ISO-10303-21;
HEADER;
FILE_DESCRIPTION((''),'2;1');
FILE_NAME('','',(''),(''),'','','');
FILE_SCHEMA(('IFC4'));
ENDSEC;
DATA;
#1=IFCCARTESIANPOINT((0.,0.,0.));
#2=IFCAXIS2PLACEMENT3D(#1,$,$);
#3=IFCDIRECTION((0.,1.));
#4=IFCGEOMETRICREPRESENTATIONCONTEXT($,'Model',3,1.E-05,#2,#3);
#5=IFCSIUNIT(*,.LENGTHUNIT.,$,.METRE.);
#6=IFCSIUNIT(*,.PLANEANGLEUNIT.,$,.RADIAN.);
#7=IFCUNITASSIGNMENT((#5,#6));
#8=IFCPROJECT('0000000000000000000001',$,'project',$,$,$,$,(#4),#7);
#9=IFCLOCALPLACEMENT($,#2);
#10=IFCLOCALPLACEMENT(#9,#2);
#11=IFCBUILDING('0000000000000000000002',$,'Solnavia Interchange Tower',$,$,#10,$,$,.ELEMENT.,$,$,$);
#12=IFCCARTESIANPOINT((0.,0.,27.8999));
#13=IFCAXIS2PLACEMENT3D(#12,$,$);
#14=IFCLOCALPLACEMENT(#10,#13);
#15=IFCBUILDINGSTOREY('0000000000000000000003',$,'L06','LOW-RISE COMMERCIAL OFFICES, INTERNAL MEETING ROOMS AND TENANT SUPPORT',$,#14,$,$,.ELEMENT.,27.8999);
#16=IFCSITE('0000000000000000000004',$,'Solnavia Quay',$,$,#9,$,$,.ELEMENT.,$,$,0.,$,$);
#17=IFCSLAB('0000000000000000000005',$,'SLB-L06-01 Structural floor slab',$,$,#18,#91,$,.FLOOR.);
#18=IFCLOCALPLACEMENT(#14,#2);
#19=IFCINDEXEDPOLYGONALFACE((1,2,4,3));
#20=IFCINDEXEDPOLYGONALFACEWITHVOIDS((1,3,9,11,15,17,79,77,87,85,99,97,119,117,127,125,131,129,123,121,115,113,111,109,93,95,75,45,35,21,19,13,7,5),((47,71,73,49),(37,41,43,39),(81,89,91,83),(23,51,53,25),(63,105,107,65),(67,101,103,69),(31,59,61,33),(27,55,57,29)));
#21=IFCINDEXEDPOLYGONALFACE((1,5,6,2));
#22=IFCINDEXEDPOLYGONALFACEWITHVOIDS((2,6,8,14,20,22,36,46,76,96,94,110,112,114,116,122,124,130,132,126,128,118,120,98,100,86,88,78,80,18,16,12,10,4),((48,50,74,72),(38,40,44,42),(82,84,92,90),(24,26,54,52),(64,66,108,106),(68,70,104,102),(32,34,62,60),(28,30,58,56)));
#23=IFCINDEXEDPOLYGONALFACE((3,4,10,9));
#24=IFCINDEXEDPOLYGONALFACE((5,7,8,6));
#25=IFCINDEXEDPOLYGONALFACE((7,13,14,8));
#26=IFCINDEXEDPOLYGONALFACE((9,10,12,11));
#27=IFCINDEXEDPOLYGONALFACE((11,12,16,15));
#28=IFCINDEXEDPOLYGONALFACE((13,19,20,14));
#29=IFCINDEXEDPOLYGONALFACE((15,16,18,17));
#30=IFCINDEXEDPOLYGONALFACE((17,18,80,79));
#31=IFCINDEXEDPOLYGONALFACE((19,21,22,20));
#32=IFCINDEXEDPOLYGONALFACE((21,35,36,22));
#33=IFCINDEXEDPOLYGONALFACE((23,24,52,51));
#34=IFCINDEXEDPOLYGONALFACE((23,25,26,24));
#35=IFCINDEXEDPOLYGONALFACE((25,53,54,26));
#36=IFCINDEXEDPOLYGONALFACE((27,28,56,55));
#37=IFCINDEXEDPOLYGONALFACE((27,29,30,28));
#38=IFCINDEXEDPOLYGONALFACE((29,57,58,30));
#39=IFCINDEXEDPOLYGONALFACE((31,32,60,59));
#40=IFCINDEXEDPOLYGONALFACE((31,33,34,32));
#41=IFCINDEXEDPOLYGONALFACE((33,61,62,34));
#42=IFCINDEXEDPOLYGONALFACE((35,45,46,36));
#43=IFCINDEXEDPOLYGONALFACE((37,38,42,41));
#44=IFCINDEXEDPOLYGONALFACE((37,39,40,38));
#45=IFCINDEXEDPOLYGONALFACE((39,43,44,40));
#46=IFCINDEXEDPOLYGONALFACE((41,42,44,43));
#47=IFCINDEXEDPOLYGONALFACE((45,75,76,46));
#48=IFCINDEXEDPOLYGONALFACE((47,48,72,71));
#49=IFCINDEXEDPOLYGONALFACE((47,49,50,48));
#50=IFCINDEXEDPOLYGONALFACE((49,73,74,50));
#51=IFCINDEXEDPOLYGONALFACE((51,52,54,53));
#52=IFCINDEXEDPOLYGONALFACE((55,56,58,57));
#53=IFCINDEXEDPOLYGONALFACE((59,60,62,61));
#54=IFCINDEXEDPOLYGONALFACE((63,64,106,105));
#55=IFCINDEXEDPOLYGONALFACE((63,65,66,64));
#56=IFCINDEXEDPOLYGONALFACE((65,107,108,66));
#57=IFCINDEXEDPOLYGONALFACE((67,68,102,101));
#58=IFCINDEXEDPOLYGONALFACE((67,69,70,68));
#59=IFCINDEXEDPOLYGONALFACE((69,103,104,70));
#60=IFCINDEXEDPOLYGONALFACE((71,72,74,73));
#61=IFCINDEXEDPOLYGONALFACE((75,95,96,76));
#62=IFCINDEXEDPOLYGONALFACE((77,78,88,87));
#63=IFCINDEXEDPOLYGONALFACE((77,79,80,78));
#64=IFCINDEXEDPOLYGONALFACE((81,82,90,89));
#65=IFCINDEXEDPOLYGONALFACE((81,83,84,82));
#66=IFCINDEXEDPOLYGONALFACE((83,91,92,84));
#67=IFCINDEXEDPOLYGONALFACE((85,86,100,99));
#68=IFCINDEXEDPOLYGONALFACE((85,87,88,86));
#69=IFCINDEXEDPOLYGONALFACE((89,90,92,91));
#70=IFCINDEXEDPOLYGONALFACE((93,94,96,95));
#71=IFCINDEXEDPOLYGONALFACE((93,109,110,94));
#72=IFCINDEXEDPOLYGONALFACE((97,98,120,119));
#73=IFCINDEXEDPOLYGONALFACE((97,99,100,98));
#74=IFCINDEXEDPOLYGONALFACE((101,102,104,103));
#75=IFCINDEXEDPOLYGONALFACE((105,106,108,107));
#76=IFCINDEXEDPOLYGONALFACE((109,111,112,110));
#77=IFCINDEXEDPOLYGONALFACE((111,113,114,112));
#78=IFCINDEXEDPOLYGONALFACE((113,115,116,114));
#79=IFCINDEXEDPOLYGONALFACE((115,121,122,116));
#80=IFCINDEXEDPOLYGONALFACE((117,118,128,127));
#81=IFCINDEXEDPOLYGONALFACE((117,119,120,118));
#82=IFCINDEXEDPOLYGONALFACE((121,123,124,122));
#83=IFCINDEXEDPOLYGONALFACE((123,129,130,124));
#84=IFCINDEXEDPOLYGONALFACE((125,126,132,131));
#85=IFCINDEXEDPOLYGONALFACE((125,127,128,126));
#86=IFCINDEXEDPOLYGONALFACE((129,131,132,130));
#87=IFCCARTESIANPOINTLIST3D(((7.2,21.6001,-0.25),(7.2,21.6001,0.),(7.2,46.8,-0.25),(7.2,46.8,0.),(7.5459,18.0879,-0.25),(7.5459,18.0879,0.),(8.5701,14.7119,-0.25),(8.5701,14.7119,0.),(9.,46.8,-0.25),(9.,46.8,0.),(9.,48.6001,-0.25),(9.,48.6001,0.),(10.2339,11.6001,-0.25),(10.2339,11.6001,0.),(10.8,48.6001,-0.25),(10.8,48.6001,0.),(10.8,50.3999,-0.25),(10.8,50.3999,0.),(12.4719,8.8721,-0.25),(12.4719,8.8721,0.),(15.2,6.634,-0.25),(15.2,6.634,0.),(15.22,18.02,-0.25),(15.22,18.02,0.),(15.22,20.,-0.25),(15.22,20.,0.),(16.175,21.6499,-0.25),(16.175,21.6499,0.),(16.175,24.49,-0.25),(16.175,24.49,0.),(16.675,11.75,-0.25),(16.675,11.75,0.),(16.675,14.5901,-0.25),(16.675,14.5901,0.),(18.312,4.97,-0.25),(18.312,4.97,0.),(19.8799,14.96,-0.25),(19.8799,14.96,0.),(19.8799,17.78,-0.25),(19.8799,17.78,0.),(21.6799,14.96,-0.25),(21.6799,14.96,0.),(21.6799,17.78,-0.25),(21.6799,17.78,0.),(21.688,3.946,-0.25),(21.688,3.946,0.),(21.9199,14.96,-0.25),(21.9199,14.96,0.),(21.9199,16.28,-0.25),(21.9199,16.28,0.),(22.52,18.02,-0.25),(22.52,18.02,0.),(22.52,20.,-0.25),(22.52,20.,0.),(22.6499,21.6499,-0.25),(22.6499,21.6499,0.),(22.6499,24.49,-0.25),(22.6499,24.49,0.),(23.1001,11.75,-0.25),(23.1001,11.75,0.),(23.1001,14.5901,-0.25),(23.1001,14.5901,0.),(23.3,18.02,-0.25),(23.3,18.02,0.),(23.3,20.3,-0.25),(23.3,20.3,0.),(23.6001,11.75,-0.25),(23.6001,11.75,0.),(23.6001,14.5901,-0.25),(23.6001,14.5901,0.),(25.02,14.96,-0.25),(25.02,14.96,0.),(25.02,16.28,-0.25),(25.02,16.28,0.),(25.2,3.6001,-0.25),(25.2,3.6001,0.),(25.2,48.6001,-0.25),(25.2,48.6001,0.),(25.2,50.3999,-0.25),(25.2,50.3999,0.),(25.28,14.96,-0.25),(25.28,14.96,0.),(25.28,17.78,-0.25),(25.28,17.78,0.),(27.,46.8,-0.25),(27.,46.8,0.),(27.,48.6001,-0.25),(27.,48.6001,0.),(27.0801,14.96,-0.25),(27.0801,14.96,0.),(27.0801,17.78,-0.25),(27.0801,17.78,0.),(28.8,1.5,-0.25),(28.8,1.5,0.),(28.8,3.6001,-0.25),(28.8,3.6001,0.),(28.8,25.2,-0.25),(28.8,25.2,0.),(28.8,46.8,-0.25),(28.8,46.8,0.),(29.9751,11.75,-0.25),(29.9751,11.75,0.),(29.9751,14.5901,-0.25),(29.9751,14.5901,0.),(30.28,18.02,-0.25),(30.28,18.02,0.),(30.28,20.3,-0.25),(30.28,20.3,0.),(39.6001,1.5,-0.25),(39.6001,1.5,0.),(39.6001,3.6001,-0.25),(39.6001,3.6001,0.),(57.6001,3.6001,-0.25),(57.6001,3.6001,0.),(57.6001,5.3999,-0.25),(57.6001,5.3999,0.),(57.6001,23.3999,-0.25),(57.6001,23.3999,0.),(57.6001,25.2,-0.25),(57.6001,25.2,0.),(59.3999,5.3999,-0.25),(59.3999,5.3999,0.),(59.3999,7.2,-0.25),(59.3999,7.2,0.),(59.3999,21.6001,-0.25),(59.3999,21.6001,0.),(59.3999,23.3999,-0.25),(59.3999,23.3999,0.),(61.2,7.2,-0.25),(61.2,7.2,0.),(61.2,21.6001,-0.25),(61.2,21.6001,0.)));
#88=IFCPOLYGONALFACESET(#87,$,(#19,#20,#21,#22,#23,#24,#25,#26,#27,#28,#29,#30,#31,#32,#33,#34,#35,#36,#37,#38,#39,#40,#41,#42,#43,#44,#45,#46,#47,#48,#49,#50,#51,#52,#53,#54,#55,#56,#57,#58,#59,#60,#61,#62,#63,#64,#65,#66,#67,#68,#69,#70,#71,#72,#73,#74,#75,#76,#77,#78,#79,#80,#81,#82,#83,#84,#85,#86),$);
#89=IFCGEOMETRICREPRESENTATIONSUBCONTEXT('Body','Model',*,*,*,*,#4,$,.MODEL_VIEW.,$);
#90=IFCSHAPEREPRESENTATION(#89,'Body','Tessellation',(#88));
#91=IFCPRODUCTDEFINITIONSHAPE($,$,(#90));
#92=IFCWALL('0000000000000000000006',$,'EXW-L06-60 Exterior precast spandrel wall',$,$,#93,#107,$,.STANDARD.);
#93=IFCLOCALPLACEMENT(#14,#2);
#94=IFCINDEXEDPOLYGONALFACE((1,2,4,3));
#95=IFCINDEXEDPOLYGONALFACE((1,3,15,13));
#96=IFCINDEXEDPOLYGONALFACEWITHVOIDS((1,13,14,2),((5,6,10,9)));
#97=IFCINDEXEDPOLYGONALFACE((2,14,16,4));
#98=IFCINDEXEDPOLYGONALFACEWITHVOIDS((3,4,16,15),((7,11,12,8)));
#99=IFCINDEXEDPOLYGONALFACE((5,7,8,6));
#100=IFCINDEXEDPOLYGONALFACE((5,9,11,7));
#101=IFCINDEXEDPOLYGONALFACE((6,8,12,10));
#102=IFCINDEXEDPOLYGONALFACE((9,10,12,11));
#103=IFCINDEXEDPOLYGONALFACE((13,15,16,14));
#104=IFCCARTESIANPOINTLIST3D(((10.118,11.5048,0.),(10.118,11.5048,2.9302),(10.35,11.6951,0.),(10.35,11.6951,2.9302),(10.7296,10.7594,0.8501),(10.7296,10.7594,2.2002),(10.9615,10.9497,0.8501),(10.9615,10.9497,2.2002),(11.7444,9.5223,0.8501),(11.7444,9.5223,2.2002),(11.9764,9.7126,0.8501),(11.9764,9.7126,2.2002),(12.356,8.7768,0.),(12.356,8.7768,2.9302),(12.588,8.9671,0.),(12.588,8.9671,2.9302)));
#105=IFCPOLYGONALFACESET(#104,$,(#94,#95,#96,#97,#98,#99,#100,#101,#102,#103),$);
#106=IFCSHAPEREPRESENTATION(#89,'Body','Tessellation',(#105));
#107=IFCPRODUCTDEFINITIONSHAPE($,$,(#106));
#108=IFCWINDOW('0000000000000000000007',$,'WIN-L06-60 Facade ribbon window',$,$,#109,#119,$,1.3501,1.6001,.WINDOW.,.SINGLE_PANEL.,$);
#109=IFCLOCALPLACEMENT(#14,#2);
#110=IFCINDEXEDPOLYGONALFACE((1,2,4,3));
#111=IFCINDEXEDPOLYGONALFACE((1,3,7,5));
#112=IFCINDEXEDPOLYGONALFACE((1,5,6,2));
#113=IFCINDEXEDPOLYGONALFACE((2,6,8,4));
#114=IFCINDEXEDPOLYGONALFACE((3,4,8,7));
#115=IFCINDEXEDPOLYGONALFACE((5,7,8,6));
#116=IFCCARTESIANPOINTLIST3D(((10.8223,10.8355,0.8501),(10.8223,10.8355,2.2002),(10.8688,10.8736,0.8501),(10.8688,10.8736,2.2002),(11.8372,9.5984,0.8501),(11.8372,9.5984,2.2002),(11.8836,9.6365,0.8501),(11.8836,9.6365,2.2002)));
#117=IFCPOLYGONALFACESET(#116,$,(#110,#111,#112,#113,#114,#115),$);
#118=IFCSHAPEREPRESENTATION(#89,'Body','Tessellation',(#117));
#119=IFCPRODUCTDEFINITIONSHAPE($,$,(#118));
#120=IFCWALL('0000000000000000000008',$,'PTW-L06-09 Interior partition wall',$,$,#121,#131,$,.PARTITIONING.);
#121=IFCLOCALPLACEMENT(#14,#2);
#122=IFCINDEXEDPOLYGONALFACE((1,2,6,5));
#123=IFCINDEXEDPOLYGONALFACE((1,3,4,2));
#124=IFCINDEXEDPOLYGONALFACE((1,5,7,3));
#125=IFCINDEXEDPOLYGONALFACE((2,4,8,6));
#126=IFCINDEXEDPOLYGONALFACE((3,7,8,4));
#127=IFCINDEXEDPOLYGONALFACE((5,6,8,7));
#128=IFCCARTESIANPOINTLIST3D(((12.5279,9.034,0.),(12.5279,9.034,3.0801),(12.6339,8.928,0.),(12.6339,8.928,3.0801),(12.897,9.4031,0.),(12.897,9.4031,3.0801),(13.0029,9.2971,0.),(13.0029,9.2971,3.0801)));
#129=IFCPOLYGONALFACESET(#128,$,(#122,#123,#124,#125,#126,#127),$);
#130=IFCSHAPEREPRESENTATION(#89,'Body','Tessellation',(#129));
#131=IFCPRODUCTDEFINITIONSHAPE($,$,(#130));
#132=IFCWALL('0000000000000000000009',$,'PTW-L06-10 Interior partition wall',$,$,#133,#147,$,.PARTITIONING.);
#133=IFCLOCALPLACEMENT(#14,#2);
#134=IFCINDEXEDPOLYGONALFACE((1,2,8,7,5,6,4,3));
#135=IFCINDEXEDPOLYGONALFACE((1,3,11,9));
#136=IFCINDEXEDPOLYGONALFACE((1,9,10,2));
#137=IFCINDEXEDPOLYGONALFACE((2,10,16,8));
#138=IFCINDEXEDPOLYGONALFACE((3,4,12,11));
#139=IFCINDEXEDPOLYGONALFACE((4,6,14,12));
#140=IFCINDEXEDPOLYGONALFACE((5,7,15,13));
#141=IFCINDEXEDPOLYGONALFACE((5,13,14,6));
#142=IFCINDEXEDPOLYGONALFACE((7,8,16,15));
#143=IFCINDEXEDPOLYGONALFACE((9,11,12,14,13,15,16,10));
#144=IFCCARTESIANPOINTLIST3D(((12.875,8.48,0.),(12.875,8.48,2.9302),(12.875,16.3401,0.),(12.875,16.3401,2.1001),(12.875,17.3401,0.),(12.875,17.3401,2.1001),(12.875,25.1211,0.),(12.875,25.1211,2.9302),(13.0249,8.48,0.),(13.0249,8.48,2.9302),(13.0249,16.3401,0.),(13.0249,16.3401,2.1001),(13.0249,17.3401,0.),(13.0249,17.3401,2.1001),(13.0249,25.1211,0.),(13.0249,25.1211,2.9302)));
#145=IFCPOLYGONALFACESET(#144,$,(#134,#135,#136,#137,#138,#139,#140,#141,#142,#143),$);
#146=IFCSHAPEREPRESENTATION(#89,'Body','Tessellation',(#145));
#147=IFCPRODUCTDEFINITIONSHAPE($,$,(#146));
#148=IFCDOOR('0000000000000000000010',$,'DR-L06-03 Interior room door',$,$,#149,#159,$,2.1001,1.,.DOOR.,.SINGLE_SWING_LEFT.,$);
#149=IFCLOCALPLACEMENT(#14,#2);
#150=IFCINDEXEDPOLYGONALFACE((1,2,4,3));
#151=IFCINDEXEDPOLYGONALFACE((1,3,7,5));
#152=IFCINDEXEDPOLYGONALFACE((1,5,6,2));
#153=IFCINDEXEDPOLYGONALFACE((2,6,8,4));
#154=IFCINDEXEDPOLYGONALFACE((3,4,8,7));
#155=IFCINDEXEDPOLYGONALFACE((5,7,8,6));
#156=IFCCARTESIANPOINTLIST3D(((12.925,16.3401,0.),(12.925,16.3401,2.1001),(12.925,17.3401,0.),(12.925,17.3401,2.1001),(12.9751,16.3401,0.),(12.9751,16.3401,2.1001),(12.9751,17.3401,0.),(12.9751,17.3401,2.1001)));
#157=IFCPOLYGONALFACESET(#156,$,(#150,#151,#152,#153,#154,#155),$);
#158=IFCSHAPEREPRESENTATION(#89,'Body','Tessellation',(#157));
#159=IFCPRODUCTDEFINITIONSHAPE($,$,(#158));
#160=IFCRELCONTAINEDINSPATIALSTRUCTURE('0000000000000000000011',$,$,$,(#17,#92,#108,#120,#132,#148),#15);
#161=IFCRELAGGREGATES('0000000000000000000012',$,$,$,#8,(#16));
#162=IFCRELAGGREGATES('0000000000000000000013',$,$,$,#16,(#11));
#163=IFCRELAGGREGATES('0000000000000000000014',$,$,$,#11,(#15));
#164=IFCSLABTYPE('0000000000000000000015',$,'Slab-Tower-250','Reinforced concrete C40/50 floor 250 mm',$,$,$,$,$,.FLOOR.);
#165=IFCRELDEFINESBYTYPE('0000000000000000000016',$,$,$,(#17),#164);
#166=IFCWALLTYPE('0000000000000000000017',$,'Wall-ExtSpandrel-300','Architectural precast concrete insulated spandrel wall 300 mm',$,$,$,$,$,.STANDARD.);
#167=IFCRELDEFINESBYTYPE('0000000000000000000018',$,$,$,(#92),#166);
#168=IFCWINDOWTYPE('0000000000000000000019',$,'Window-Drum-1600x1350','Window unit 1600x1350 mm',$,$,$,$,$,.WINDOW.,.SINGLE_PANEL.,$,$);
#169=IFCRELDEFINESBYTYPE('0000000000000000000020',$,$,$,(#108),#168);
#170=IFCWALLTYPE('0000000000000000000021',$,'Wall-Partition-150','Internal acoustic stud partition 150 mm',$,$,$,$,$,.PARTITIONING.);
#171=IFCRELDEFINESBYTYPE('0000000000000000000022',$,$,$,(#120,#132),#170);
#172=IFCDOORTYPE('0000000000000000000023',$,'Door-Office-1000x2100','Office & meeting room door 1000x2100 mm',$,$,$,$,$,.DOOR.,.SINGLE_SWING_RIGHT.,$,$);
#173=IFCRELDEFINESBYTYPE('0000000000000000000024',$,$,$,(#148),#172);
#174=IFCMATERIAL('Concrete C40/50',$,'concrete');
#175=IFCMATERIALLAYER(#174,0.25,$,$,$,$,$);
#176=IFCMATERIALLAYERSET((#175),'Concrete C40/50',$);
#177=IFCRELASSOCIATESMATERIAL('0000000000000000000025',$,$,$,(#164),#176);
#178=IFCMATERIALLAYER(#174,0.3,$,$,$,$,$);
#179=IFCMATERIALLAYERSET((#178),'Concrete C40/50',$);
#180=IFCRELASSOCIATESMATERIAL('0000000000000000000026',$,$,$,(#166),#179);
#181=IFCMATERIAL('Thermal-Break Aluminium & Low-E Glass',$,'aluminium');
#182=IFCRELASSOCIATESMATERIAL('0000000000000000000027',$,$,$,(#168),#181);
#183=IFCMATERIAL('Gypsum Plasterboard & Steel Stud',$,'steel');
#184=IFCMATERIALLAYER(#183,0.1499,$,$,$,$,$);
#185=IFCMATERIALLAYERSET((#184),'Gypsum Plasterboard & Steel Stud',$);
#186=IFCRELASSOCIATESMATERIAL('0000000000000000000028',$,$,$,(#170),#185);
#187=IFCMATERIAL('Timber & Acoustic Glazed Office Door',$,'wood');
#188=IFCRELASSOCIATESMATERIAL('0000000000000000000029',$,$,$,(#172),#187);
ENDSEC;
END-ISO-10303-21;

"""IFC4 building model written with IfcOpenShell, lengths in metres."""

from ifc_helpers import new_model, si_unit, direction, frame, frame_2d, origin, place, context, subcontext, project, spatial, polyline, rectangle, outline, extrude, material, layer, layer_set, type_object, element, fill, save


model = new_model("IFC4")

# Units and contexts
model_context = context("Model", 3, precision=1e-05, world=origin(), true_north=direction((0.0, 1.0)))
body_context = subcontext(model_context, "Body", "Model", "MODEL_VIEW")
ifc_project = project(units=[si_unit("LENGTHUNIT", "METRE"), si_unit("PLANEANGLEUNIT", "RADIAN")], contexts=[model_context])

# Site, building, storey
site_placement = place(None, origin())
site = spatial("IfcSite", under=ifc_project, at=site_placement, Name="Solnavia Quay", CompositionType="ELEMENT", RefElevation=0.0)
building_placement = place(site_placement, origin())
building = spatial("IfcBuilding", under=site, at=building_placement, Name="Solnavia Interchange Tower", CompositionType="ELEMENT")
storey_placement = place(building_placement, frame((0.0, 0.0, 27.8999)))
storey = spatial("IfcBuildingStorey", under=building, at=storey_placement, Name="L06", Description="LOW-RISE COMMERCIAL OFFICES, INTERNAL MEETING ROOMS AND TENANT SUPPORT", CompositionType="ELEMENT", Elevation=27.8999)

# Shared definitions
ifc_material_1 = material(Name="Concrete C40/50", Category="concrete")

# Slab
ifc_layer_1 = layer(ifc_material_1, 0.25)
ifc_layer_set_1 = layer_set([ifc_layer_1], Name="Concrete C40/50")
slab_type_1 = type_object("IfcSlabType", Name="Slab-Tower-250", Description="Reinforced concrete C40/50 floor 250 mm", PredefinedType="FLOOR", material=ifc_layer_set_1)
slab_1_placement = place(storey_placement, frame((0.0, 0.0, -0.25)))
element("IfcSlab", 1, at=slab_1_placement, inside=storey, type_object=slab_type_1, Name="SLB-L06-01 Structural floor slab", PredefinedType="FLOOR", context=body_context, shape_type="SweptSolid", body=[
    extrude(outline(polyline([(25.2, 3.6001), (28.8, 3.6001), (28.8, 1.5), (39.6001, 1.5), (39.6001, 3.6001), (57.6001, 3.6001), (57.6001, 5.3999), (59.3999, 5.3999), (59.3999, 7.2), (61.2, 7.2), (61.2, 21.6001), (59.3999, 21.6001), (59.3999, 23.3999), (57.6001, 23.3999), (57.6001, 25.2), (28.8, 25.2), (28.8, 46.8), (27.0, 46.8), (27.0, 48.6001), (25.2, 48.6001), (25.2, 50.3999), (10.8, 50.3999), (10.8, 48.6001), (9.0, 48.6001), (9.0, 46.8), (7.2, 46.8), (7.2, 21.6001), (7.5459, 18.0879), (8.5701, 14.7119), (10.2339, 11.6001), (12.4719, 8.8721), (15.2, 6.634), (18.312, 4.97), (21.688, 3.946), (25.2, 3.6001)]), holes=[polyline([(16.675, 11.75), (23.1001, 11.75), (23.1001, 14.5901), (16.675, 14.5901), (16.675, 11.75)]), polyline([(23.6001, 11.75), (29.9751, 11.75), (29.9751, 14.5901), (23.6001, 14.5901), (23.6001, 11.75)]), polyline([(16.175, 21.6499), (22.6499, 21.6499), (22.6499, 24.49), (16.175, 24.49), (16.175, 21.6499)]), polyline([(19.8799, 14.96), (21.6799, 14.96), (21.6799, 17.78), (19.8799, 17.78), (19.8799, 14.96)]), polyline([(25.28, 14.96), (27.0801, 14.96), (27.0801, 17.78), (25.28, 17.78), (25.28, 14.96)]), polyline([(21.9199, 14.96), (25.02, 14.96), (25.02, 16.28), (21.9199, 16.28), (21.9199, 14.96)]), polyline([(15.22, 18.02), (22.52, 18.02), (22.52, 20.0), (15.22, 20.0), (15.22, 18.02)]), polyline([(23.3, 18.02), (30.28, 18.02), (30.28, 20.3), (23.3, 20.3), (23.3, 18.02)])]), origin(), (0.0, 0.0, 1.0), 0.25),
])

# Wall, opening, window
ifc_layer_2 = layer(ifc_material_1, 0.3)
ifc_layer_set_2 = layer_set([ifc_layer_2], Name="Concrete C40/50")
wall_type_1 = type_object("IfcWallType", Name="Wall-ExtSpandrel-300", Description="Architectural precast concrete insulated spandrel wall 300 mm", PredefinedType="STANDARD", material=ifc_layer_set_2)
wall_1_placement = place(storey_placement, frame((12.4719, 8.8721, 0.0), z_axis=(0.0, 0.0, 1.0), x_axis=(-0.634258, 0.773121, 0.0)))
wall_1 = element("IfcWall", 2, at=wall_1_placement, inside=storey, type_object=wall_type_1, Name="EXW-L06-60 Exterior precast spandrel wall", PredefinedType="STANDARD", context=body_context, shape_type="SweptSolid", body=[
    extrude(rectangle(XDim=3.5286, YDim=0.3, at=frame_2d((1.7642, 0.0))), origin(), (0.0, 0.0, 1.0), 2.9302),
])
opening_1_placement = place(wall_1_placement, frame((0.9641, 0.0, 0.8501)))
opening_1 = element("IfcOpeningElement", 3, at=opening_1_placement, cuts=wall_1, PredefinedType="OPENING", context=body_context, shape_type="SweptSolid", body=[
    extrude(rectangle(XDim=1.6001, YDim=1.3501, at=frame_2d((0.8, 0.675))), frame((0.0, 0.1602, 0.0), z_axis=(0.0, -1.0, 0.0), x_axis=(1.0, 0.0, 0.0)), (0.0, 0.0, 1.0), 0.3201),
])
ifc_material_2 = material(Name="Thermal-Break Aluminium & Low-E Glass", Category="aluminium")
window_type = type_object("IfcWindowType", Name="Window-Drum-1600x1350", Description="Window unit 1600x1350 mm", PartitioningType="SINGLE_PANEL", PredefinedType="WINDOW", material=ifc_material_2)
window_placement = place(opening_1_placement, origin())
window = element("IfcWindow", 4, at=window_placement, inside=storey, type_object=window_type, Name="WIN-L06-60 Facade ribbon window", OverallHeight=1.3501, OverallWidth=1.6001, PartitioningType="SINGLE_PANEL", PredefinedType="WINDOW", context=body_context, shape_type="SweptSolid", body=[
    extrude(rectangle(XDim=1.6001, YDim=1.3501, at=frame_2d((0.8, 0.675))), frame((0.0, 0.03, 0.0), z_axis=(0.0, -1.0, 0.0), x_axis=(1.0, 0.0, 0.0)), (0.0, 0.0, 1.0), 0.0601),
])
fill(opening_1, window)

# Wall
ifc_material_3 = material(Name="Gypsum Plasterboard & Steel Stud", Category="steel")
ifc_layer_3 = layer(ifc_material_3, 0.1499)
ifc_layer_set_3 = layer_set([ifc_layer_3], Name="Gypsum Plasterboard & Steel Stud")
wall_type_2 = type_object("IfcWallType", Name="Wall-Partition-150", Description="Internal acoustic stud partition 150 mm", PredefinedType="PARTITIONING", material=ifc_layer_set_3)
wall_2_placement = place(storey_placement, frame((12.95, 9.3501, 0.0), z_axis=(0.0, 0.0, 1.0), x_axis=(-0.707107, -0.707107, 0.0)))
element("IfcWall", 5, at=wall_2_placement, inside=storey, type_object=wall_type_2, Name="PTW-L06-09 Interior partition wall", PredefinedType="PARTITIONING", context=body_context, shape_type="SweptSolid", body=[
    extrude(rectangle(XDim=0.522, YDim=0.1499, at=frame_2d((0.261, 0.0))), origin(), (0.0, 0.0, 1.0), 3.0801),
])

# Wall, opening, door
wall_3_placement = place(storey_placement, frame((12.95, 8.48, 0.0), z_axis=(0.0, 0.0, 1.0), x_axis=(0.0, 1.0, 0.0)))
wall_3 = element("IfcWall", 6, at=wall_3_placement, inside=storey, type_object=wall_type_2, Name="PTW-L06-10 Interior partition wall", PredefinedType="PARTITIONING", context=body_context, shape_type="SweptSolid", body=[
    extrude(rectangle(XDim=16.6411, YDim=0.1499, at=frame_2d((8.3206, 0.0))), origin(), (0.0, 0.0, 1.0), 2.9302),
])
opening_2_placement = place(wall_3_placement, frame((7.8601, 0.0, 0.0)))
opening_2 = element("IfcOpeningElement", 7, at=opening_2_placement, cuts=wall_3, PredefinedType="OPENING", context=body_context, shape_type="SweptSolid", body=[
    extrude(rectangle(XDim=1.0, YDim=2.1001, at=frame_2d((0.5, 1.05))), frame((0.0, 0.085, 0.0), z_axis=(0.0, -1.0, 0.0), x_axis=(1.0, 0.0, 0.0)), (0.0, 0.0, 1.0), 0.1699),
])
ifc_material_4 = material(Name="Timber & Acoustic Glazed Office Door", Category="wood")
door_type = type_object("IfcDoorType", Name="Door-Office-1000x2100", Description="Office & meeting room door 1000x2100 mm", OperationType="SINGLE_SWING_RIGHT", PredefinedType="DOOR", material=ifc_material_4)
door_1_placement = place(opening_2_placement, origin())
door_1 = element("IfcDoor", 8, at=door_1_placement, inside=storey, type_object=door_type, Name="DR-L06-03 Interior room door", OperationType="SINGLE_SWING_LEFT", OverallHeight=2.1001, OverallWidth=1.0, PredefinedType="DOOR", context=body_context, shape_type="SweptSolid", body=[
    extrude(rectangle(XDim=1.0, YDim=2.1001, at=frame_2d((0.5, 1.05))), frame((0.0, 0.0249, 0.0), z_axis=(0.0, -1.0, 0.0), x_axis=(1.0, 0.0, 0.0)), (0.0, 0.0, 1.0), 0.05),
])
fill(opening_2, door_1)

save(model, "model.ifc")
